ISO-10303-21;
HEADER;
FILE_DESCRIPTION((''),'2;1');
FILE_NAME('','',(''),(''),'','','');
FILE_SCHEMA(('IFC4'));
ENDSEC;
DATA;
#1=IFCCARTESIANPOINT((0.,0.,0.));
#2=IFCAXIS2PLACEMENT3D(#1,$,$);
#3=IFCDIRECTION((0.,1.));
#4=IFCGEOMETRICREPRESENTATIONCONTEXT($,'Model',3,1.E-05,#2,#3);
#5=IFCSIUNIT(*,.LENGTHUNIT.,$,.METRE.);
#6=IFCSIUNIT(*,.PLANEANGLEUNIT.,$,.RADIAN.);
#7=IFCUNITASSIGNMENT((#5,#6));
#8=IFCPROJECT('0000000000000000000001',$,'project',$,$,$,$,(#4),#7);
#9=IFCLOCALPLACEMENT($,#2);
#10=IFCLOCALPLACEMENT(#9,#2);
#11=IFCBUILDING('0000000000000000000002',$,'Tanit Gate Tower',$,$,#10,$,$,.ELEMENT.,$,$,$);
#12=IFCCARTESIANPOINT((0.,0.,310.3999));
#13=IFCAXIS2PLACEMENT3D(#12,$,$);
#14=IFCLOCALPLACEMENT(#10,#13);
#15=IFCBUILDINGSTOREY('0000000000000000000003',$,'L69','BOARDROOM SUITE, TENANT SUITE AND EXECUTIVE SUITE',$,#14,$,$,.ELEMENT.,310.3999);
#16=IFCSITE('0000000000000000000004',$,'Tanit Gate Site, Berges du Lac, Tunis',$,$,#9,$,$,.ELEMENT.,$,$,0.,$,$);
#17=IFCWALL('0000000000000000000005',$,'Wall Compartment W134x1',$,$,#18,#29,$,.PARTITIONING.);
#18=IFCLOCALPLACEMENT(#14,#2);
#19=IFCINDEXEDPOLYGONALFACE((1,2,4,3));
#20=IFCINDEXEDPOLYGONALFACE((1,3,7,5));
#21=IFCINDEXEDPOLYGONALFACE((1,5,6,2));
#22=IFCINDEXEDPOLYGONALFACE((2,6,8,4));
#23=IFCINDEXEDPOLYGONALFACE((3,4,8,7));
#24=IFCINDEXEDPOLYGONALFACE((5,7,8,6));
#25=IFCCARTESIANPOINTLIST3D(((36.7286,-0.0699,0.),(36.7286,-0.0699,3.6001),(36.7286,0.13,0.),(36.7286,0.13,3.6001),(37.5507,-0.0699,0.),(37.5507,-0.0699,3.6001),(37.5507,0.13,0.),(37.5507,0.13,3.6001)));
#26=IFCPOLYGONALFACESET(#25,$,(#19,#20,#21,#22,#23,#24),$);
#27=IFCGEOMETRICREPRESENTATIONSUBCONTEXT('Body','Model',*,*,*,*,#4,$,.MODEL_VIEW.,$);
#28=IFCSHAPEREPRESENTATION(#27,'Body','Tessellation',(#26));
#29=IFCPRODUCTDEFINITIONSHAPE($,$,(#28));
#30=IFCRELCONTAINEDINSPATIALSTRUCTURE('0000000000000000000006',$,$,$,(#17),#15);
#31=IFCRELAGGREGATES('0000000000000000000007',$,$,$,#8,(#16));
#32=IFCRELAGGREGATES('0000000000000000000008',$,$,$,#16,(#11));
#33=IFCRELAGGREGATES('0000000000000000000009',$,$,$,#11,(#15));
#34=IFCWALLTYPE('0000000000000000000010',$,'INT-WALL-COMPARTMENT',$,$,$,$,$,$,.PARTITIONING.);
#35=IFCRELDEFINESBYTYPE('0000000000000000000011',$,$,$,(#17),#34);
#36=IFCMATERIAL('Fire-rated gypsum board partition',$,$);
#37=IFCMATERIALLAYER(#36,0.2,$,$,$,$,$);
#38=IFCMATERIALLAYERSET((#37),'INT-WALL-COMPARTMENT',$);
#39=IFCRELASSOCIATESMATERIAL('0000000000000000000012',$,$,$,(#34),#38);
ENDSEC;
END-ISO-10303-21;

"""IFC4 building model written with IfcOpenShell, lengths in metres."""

from ifc_helpers import new_model, si_unit, direction, frame, frame_2d, origin, place, context, subcontext, project, spatial, rectangle, extrude, material, layer, layer_set, type_object, element, save


model = new_model("IFC4")

# Units and contexts
model_context = context("Model", 3, precision=1e-05, world=origin(), true_north=direction((0.0, 1.0)))
body_context = subcontext(model_context, "Body", "Model", "MODEL_VIEW")
ifc_project = project(units=[si_unit("LENGTHUNIT", "METRE"), si_unit("PLANEANGLEUNIT", "RADIAN")], contexts=[model_context])

# Site, building, storey
site_placement = place(None, origin())
site = spatial("IfcSite", under=ifc_project, at=site_placement, Name="Tanit Gate Site, Berges du Lac, Tunis", CompositionType="ELEMENT", RefElevation=0.0)
building_placement = place(site_placement, origin())
building = spatial("IfcBuilding", under=site, at=building_placement, Name="Tanit Gate Tower", CompositionType="ELEMENT")
storey_placement = place(building_placement, frame((0.0, 0.0, 310.3999)))
storey = spatial("IfcBuildingStorey", under=building, at=storey_placement, Name="L69", Description="BOARDROOM SUITE, TENANT SUITE AND EXECUTIVE SUITE", CompositionType="ELEMENT", Elevation=310.3999)

# Wall
ifc_material_1 = material(Name="Fire-rated gypsum board partition")
ifc_layer_1 = layer(ifc_material_1, 0.2)
ifc_layer_set_1 = layer_set([ifc_layer_1], Name="INT-WALL-COMPARTMENT")
wall_type_1 = type_object("IfcWallType", Name="INT-WALL-COMPARTMENT", PredefinedType="PARTITIONING", material=ifc_layer_set_1)
wall_1_placement = place(storey_placement, frame((36.7285, 0.03, 0.0), z_axis=(0.0, 0.0, 1.0), x_axis=(1.0, 0.0, 0.0)))
element("IfcWall", 1, at=wall_1_placement, inside=storey, type_object=wall_type_1, Name="Wall Compartment W134x1", PredefinedType="PARTITIONING", context=body_context, shape_type="SweptSolid", body=[
    extrude(rectangle(XDim=0.822, YDim=0.2, at=frame_2d((0.4111, 0.0))), origin(), (0.0, 0.0, 1.0), 3.6001),
])

save(model, "model.ifc")
